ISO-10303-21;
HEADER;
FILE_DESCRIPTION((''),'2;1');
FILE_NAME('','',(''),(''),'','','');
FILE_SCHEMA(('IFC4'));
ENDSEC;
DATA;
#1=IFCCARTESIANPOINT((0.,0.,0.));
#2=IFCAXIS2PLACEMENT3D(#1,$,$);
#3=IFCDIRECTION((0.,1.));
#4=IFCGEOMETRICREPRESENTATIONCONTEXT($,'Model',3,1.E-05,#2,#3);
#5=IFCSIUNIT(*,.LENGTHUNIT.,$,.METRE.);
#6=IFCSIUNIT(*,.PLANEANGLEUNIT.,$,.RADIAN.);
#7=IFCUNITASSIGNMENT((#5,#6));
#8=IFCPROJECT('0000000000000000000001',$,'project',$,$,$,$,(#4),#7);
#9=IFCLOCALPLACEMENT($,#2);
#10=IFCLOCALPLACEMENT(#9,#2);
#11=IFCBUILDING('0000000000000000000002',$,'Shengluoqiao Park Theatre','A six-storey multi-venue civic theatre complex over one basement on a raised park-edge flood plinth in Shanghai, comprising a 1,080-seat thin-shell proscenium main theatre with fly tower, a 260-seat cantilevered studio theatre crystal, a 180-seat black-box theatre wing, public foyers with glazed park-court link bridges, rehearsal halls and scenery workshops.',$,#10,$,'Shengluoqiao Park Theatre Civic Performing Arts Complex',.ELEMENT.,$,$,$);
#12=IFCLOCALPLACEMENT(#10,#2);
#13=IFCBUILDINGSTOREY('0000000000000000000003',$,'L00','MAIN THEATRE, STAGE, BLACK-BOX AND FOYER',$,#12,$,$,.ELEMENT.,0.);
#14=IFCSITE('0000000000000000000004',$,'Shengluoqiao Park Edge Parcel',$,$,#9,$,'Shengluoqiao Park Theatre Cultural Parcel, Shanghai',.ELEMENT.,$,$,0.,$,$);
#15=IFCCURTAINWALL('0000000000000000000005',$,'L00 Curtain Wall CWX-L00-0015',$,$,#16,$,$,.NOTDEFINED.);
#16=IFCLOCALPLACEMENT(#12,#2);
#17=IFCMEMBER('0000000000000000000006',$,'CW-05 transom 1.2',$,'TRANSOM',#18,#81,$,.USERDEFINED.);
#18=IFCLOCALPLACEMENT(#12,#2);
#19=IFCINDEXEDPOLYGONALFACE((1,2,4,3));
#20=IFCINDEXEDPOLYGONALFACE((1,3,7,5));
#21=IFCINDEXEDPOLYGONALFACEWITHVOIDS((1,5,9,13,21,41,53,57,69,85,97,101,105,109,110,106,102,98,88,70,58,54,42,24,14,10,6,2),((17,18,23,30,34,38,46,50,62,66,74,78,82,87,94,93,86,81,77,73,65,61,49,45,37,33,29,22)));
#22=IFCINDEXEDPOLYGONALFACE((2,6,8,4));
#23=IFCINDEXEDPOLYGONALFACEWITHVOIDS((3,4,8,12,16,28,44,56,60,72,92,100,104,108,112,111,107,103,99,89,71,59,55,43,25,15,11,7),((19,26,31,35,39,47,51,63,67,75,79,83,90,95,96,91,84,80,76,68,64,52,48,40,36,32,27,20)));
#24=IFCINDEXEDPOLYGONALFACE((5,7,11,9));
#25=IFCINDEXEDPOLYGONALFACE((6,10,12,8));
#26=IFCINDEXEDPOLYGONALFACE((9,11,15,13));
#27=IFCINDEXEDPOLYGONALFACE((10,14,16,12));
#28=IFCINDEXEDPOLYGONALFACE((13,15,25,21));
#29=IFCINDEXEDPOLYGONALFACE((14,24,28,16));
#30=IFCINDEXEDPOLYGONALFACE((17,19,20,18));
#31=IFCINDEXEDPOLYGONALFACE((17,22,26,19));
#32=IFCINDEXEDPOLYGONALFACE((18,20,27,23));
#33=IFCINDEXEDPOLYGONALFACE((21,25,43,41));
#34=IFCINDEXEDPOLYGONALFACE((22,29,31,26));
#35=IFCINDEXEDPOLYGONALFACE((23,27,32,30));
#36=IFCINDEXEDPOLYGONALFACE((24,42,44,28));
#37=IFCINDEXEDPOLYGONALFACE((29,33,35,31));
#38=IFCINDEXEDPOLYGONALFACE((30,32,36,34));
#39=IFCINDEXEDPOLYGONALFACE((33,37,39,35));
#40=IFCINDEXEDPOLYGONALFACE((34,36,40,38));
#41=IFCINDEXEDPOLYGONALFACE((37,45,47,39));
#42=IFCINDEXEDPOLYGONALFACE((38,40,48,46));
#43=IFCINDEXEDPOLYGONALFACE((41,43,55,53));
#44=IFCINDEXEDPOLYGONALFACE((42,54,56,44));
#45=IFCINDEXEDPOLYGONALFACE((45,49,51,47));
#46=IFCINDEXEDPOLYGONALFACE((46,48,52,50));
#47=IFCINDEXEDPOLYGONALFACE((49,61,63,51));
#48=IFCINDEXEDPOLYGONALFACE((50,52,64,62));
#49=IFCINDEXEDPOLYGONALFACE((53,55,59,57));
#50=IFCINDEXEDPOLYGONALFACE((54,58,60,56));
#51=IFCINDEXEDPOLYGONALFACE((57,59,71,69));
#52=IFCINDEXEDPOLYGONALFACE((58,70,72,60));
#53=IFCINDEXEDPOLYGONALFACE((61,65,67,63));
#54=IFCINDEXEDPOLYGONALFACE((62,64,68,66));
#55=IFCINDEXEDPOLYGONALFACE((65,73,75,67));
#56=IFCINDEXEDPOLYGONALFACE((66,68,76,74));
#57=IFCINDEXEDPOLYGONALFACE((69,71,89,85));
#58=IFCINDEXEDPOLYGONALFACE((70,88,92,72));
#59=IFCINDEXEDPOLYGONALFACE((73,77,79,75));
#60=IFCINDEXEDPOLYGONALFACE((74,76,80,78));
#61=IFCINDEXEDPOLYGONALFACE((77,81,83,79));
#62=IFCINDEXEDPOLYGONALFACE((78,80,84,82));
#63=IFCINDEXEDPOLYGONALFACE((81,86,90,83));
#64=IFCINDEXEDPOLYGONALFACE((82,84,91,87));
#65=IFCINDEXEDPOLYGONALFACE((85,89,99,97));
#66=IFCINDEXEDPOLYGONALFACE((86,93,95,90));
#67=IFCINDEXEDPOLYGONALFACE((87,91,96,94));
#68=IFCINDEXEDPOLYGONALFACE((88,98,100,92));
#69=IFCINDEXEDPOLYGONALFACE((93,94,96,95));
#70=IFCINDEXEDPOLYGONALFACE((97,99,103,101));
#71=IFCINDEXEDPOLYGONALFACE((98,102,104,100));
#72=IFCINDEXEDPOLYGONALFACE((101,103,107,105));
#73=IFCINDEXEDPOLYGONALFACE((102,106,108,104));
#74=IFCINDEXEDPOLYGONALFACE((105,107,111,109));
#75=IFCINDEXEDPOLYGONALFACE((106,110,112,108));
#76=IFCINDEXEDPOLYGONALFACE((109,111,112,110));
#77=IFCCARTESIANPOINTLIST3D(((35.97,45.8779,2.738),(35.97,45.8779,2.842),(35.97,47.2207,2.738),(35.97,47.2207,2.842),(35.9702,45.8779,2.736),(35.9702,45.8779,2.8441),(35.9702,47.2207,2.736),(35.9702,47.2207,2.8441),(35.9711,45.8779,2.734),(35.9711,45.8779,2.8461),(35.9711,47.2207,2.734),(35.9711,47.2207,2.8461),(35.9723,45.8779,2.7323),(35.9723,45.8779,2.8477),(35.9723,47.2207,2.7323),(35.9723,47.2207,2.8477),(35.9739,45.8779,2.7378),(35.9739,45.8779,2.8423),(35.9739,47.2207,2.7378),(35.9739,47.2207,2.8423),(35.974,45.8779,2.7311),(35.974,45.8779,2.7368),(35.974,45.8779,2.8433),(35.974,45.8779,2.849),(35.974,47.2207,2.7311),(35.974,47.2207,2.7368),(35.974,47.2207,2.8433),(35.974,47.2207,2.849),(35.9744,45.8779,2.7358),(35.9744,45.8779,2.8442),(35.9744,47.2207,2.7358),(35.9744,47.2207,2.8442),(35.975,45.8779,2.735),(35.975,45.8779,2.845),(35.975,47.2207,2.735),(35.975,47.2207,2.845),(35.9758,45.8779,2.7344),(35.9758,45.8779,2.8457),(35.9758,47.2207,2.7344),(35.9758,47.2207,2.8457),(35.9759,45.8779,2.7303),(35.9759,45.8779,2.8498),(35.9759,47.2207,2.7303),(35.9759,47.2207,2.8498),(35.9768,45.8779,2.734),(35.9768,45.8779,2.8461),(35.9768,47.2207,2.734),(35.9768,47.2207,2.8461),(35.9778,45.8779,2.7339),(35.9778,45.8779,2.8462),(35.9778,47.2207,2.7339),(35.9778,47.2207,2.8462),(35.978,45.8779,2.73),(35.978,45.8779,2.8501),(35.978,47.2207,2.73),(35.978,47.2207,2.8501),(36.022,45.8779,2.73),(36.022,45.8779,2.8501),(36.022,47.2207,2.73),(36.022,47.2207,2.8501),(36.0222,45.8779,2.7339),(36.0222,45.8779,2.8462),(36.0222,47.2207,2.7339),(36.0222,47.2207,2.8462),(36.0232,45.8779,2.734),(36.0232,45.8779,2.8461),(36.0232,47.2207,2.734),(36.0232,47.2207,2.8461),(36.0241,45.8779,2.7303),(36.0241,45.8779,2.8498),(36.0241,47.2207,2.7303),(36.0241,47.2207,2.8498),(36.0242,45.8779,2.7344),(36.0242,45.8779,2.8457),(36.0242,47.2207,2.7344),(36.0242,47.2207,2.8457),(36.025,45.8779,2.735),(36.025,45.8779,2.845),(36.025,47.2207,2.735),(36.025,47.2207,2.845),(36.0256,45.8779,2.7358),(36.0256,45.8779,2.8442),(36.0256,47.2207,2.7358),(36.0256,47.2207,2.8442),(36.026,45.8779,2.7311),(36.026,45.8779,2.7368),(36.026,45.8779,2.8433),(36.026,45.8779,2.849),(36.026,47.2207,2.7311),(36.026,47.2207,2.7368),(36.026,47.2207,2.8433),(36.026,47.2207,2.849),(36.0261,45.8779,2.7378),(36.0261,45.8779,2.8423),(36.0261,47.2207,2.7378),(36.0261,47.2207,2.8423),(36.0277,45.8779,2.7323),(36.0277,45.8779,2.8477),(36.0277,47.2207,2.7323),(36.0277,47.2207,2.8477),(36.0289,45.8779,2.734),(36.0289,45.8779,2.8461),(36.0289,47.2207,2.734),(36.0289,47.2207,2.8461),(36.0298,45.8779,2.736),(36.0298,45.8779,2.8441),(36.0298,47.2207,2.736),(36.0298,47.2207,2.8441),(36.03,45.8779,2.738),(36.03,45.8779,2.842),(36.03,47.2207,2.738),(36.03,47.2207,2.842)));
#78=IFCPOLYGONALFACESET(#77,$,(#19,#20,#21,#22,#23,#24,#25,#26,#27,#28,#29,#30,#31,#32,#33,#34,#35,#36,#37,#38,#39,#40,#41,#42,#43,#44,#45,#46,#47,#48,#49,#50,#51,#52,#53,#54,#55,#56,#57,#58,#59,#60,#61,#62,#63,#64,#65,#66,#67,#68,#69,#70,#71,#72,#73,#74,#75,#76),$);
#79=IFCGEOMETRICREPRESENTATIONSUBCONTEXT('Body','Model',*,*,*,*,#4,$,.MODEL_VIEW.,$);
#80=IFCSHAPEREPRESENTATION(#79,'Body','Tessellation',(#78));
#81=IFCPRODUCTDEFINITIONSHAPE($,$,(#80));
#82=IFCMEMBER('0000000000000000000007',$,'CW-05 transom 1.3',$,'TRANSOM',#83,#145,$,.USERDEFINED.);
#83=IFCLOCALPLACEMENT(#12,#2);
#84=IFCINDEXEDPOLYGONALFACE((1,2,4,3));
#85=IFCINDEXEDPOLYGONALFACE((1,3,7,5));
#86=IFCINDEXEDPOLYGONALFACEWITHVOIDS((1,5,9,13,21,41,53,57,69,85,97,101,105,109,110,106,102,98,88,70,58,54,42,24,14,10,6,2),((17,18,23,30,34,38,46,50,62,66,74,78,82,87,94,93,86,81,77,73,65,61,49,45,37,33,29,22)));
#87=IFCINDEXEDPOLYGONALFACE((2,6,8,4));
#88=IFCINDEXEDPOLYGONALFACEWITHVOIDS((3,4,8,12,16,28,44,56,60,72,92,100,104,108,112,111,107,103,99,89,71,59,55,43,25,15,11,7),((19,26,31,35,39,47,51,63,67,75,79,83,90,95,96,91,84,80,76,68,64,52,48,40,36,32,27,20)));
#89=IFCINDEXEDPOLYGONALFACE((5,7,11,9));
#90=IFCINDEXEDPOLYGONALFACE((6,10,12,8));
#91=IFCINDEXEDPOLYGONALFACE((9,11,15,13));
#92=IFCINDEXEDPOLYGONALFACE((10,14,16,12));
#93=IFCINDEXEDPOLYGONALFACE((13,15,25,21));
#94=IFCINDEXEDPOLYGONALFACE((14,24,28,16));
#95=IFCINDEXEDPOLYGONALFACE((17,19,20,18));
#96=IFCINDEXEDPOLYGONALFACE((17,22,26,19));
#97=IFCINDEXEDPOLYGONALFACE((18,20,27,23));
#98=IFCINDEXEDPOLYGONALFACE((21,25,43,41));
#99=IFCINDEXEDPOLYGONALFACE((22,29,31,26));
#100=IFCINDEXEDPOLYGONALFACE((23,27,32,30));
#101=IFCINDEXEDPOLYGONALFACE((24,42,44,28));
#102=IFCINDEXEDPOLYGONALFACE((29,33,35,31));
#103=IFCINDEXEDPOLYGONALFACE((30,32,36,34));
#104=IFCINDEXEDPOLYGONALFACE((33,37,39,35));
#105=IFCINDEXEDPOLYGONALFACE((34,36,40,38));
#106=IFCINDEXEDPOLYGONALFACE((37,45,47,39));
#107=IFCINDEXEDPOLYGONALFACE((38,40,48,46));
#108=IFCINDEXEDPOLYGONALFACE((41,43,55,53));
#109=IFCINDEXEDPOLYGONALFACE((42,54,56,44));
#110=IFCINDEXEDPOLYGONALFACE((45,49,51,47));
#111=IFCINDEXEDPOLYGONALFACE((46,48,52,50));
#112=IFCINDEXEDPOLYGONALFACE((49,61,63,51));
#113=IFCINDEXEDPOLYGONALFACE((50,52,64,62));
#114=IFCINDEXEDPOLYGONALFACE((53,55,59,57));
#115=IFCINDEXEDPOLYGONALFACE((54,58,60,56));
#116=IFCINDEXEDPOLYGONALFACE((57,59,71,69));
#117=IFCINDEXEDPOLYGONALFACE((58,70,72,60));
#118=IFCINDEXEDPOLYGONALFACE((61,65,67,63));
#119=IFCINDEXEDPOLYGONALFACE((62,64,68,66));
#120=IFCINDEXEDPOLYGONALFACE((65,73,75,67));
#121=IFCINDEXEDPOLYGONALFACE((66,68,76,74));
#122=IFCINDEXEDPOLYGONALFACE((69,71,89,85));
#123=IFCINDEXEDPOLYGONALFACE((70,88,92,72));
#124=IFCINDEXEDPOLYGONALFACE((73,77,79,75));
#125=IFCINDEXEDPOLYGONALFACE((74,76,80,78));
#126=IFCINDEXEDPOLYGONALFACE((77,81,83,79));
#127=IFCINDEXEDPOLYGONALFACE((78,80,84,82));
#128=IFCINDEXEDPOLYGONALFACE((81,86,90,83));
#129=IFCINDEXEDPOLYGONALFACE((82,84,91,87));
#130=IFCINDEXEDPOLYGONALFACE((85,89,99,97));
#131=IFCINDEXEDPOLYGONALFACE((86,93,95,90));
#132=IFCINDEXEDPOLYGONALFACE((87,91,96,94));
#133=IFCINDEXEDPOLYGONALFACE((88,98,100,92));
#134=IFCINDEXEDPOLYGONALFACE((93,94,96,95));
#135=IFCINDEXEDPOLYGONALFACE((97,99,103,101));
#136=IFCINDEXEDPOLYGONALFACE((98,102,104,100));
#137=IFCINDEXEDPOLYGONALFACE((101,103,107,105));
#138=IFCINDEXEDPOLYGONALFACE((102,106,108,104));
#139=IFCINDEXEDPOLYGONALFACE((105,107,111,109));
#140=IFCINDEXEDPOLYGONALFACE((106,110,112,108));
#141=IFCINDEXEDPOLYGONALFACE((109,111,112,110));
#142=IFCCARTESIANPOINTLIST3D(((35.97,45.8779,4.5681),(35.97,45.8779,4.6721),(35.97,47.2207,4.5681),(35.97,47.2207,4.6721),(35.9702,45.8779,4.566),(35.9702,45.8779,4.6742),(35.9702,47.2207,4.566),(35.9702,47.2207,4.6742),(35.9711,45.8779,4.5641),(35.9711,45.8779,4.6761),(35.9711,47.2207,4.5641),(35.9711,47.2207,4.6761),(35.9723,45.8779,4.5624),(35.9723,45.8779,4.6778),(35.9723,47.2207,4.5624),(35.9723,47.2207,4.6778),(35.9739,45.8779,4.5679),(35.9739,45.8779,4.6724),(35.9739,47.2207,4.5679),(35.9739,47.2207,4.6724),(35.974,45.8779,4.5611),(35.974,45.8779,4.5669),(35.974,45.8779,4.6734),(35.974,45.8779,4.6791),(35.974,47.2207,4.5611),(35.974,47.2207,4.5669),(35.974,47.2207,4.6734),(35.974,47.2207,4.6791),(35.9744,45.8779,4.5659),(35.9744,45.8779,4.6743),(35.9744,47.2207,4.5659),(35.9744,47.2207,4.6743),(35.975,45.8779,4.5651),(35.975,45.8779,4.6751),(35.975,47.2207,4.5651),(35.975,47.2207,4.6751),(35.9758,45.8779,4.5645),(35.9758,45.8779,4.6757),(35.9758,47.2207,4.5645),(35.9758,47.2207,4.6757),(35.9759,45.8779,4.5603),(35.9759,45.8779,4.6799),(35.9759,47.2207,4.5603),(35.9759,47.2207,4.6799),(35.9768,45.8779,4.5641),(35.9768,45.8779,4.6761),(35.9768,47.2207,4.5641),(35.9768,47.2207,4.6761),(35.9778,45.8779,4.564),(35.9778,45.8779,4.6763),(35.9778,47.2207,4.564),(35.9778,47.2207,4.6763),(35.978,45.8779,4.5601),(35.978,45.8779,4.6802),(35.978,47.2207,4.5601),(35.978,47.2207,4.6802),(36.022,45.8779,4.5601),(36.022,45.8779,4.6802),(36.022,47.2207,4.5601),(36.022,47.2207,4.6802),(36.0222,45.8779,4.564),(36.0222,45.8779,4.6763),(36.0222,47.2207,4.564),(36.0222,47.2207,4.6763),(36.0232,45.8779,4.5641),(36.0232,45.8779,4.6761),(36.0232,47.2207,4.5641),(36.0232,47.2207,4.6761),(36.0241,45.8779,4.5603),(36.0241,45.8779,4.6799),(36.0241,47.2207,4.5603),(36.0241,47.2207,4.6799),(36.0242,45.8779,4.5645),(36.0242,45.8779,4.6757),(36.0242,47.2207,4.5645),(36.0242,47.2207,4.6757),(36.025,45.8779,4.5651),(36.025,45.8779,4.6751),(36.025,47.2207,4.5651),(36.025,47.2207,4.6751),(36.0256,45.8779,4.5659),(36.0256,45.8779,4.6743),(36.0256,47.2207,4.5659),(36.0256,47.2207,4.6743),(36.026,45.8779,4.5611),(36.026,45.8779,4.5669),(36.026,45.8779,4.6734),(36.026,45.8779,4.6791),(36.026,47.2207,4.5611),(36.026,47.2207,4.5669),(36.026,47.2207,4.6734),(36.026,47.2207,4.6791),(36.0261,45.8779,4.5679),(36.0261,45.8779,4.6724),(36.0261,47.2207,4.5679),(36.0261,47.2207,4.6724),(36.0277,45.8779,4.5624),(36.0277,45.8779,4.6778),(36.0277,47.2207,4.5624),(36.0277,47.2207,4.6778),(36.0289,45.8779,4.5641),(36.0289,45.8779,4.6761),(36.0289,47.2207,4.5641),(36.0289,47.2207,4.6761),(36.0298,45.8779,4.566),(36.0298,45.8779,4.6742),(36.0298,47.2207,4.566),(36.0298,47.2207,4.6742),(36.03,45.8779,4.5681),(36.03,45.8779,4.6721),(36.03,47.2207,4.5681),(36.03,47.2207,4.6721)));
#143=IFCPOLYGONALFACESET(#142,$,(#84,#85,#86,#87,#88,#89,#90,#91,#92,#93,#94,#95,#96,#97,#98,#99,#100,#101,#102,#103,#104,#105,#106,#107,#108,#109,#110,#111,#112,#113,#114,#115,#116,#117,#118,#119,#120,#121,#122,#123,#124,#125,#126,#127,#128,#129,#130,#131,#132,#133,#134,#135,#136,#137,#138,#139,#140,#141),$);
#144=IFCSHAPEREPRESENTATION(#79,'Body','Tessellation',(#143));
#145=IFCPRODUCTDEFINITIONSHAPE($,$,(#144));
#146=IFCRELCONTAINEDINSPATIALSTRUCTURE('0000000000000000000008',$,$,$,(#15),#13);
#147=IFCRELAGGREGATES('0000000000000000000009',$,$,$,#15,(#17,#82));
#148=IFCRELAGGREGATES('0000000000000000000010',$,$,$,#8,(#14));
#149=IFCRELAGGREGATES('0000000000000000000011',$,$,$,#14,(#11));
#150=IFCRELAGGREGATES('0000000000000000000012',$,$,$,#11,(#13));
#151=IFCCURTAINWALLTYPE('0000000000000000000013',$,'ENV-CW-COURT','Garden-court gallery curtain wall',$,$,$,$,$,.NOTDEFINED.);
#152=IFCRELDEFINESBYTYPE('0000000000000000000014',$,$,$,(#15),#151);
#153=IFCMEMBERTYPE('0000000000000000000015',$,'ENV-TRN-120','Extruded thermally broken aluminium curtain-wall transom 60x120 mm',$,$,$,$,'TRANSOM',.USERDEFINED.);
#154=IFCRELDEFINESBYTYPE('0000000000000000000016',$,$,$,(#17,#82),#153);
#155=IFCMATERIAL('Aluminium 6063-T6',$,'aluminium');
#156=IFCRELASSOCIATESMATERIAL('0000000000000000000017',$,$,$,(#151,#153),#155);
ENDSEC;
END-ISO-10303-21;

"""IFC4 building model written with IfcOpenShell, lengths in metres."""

from ifc_helpers import new_model, si_unit, direction, frame, origin, origin_2d, place, context, subcontext, project, spatial, hollow_rectangle, extrude, material, material_profile, profile_set, type_object, element, aggregate, save


model = new_model("IFC4")

# Units and contexts
model_context = context("Model", 3, precision=1e-05, world=origin(), true_north=direction((0.0, 1.0)))
body_context = subcontext(model_context, "Body", "Model", "MODEL_VIEW")
ifc_project = project(units=[si_unit("LENGTHUNIT", "METRE"), si_unit("PLANEANGLEUNIT", "RADIAN")], contexts=[model_context])

# Site, building, storey
site_placement = place(None, origin())
site = spatial("IfcSite", under=ifc_project, at=site_placement, Name="Shengluoqiao Park Edge Parcel", LongName="Shengluoqiao Park Theatre Cultural Parcel, Shanghai", CompositionType="ELEMENT", RefElevation=0.0)
building_placement = place(site_placement, origin())
building = spatial("IfcBuilding", under=site, at=building_placement, Name="Shengluoqiao Park Theatre", Description="A six-storey multi-venue civic theatre complex over one basement on a raised park-edge flood plinth in Shanghai, comprising a 1,080-seat thin-shell proscenium main theatre with fly tower, a 260-seat cantilevered studio theatre crystal, a 180-seat black-box theatre wing, public foyers with glazed park-court link bridges, rehearsal halls and scenery workshops.", LongName="Shengluoqiao Park Theatre Civic Performing Arts Complex", CompositionType="ELEMENT")
storey_placement = place(building_placement, origin())
storey = spatial("IfcBuildingStorey", under=building, at=storey_placement, Name="L00", Description="MAIN THEATRE, STAGE, BLACK-BOX AND FOYER", CompositionType="ELEMENT", Elevation=0.0)

# Curtain wall
ifc_material_1 = material(Name="Aluminium 6063-T6", Category="aluminium")
curtain_wall_type_1 = type_object("IfcCurtainWallType", Name="ENV-CW-COURT", Description="Garden-court gallery curtain wall", PredefinedType="NOTDEFINED", material=ifc_material_1)
curtain_wall_1_placement = place(storey_placement, origin())
curtain_wall_1 = element("IfcCurtainWall", 1, at=curtain_wall_1_placement, inside=storey, type_object=curtain_wall_type_1, Name="L00 Curtain Wall CWX-L00-0015", PredefinedType="NOTDEFINED")

# Members
ifc_material_profile_1 = material_profile(ifc_material_1, hollow_rectangle(XDim=0.0601, YDim=0.1201, WallThickness=0.0039, InnerFilletRadius=0.0039, OuterFilletRadius=0.0081, at=origin_2d()), Name="ALU TRANSOM 120x60x4")
ifc_profile_set_1 = profile_set([ifc_material_profile_1], Name="Aluminium 6063-T6")
member_type_1 = type_object("IfcMemberType", Name="ENV-TRN-120", Description="Extruded thermally broken aluminium curtain-wall transom 60x120 mm", ElementType="TRANSOM", PredefinedType="USERDEFINED", material=ifc_profile_set_1)
member_1_placement = place(storey_placement, frame((36.0, 45.8779, 2.79), z_axis=(0.0, 1.0, 0.0), x_axis=(-1.0, 0.0, 0.0)))
member_1 = element("IfcMember", 2, at=member_1_placement, type_object=member_type_1, Name="CW-05 transom 1.2", ObjectType="TRANSOM", PredefinedType="USERDEFINED", context=body_context, shape_type="SweptSolid", body=[
    extrude(hollow_rectangle(XDim=0.0601, YDim=0.1201, WallThickness=0.0039, InnerFilletRadius=0.0039, OuterFilletRadius=0.0081, at=origin_2d()), origin(), (0.0, 0.0, 1.0), 1.3428),
])
member_2_placement = place(storey_placement, frame((36.0, 45.8779, 4.6201), z_axis=(0.0, 1.0, 0.0), x_axis=(-1.0, 0.0, 0.0)))
member_2 = element("IfcMember", 3, at=member_2_placement, type_object=member_type_1, Name="CW-05 transom 1.3", ObjectType="TRANSOM", PredefinedType="USERDEFINED", context=body_context, shape_type="SweptSolid", body=[
    extrude(hollow_rectangle(XDim=0.0601, YDim=0.1201, WallThickness=0.0039, InnerFilletRadius=0.0039, OuterFilletRadius=0.0081, at=origin_2d()), origin(), (0.0, 0.0, 1.0), 1.3428),
])

aggregate(curtain_wall_1, [member_1, member_2])

save(model, "model.ifc")
